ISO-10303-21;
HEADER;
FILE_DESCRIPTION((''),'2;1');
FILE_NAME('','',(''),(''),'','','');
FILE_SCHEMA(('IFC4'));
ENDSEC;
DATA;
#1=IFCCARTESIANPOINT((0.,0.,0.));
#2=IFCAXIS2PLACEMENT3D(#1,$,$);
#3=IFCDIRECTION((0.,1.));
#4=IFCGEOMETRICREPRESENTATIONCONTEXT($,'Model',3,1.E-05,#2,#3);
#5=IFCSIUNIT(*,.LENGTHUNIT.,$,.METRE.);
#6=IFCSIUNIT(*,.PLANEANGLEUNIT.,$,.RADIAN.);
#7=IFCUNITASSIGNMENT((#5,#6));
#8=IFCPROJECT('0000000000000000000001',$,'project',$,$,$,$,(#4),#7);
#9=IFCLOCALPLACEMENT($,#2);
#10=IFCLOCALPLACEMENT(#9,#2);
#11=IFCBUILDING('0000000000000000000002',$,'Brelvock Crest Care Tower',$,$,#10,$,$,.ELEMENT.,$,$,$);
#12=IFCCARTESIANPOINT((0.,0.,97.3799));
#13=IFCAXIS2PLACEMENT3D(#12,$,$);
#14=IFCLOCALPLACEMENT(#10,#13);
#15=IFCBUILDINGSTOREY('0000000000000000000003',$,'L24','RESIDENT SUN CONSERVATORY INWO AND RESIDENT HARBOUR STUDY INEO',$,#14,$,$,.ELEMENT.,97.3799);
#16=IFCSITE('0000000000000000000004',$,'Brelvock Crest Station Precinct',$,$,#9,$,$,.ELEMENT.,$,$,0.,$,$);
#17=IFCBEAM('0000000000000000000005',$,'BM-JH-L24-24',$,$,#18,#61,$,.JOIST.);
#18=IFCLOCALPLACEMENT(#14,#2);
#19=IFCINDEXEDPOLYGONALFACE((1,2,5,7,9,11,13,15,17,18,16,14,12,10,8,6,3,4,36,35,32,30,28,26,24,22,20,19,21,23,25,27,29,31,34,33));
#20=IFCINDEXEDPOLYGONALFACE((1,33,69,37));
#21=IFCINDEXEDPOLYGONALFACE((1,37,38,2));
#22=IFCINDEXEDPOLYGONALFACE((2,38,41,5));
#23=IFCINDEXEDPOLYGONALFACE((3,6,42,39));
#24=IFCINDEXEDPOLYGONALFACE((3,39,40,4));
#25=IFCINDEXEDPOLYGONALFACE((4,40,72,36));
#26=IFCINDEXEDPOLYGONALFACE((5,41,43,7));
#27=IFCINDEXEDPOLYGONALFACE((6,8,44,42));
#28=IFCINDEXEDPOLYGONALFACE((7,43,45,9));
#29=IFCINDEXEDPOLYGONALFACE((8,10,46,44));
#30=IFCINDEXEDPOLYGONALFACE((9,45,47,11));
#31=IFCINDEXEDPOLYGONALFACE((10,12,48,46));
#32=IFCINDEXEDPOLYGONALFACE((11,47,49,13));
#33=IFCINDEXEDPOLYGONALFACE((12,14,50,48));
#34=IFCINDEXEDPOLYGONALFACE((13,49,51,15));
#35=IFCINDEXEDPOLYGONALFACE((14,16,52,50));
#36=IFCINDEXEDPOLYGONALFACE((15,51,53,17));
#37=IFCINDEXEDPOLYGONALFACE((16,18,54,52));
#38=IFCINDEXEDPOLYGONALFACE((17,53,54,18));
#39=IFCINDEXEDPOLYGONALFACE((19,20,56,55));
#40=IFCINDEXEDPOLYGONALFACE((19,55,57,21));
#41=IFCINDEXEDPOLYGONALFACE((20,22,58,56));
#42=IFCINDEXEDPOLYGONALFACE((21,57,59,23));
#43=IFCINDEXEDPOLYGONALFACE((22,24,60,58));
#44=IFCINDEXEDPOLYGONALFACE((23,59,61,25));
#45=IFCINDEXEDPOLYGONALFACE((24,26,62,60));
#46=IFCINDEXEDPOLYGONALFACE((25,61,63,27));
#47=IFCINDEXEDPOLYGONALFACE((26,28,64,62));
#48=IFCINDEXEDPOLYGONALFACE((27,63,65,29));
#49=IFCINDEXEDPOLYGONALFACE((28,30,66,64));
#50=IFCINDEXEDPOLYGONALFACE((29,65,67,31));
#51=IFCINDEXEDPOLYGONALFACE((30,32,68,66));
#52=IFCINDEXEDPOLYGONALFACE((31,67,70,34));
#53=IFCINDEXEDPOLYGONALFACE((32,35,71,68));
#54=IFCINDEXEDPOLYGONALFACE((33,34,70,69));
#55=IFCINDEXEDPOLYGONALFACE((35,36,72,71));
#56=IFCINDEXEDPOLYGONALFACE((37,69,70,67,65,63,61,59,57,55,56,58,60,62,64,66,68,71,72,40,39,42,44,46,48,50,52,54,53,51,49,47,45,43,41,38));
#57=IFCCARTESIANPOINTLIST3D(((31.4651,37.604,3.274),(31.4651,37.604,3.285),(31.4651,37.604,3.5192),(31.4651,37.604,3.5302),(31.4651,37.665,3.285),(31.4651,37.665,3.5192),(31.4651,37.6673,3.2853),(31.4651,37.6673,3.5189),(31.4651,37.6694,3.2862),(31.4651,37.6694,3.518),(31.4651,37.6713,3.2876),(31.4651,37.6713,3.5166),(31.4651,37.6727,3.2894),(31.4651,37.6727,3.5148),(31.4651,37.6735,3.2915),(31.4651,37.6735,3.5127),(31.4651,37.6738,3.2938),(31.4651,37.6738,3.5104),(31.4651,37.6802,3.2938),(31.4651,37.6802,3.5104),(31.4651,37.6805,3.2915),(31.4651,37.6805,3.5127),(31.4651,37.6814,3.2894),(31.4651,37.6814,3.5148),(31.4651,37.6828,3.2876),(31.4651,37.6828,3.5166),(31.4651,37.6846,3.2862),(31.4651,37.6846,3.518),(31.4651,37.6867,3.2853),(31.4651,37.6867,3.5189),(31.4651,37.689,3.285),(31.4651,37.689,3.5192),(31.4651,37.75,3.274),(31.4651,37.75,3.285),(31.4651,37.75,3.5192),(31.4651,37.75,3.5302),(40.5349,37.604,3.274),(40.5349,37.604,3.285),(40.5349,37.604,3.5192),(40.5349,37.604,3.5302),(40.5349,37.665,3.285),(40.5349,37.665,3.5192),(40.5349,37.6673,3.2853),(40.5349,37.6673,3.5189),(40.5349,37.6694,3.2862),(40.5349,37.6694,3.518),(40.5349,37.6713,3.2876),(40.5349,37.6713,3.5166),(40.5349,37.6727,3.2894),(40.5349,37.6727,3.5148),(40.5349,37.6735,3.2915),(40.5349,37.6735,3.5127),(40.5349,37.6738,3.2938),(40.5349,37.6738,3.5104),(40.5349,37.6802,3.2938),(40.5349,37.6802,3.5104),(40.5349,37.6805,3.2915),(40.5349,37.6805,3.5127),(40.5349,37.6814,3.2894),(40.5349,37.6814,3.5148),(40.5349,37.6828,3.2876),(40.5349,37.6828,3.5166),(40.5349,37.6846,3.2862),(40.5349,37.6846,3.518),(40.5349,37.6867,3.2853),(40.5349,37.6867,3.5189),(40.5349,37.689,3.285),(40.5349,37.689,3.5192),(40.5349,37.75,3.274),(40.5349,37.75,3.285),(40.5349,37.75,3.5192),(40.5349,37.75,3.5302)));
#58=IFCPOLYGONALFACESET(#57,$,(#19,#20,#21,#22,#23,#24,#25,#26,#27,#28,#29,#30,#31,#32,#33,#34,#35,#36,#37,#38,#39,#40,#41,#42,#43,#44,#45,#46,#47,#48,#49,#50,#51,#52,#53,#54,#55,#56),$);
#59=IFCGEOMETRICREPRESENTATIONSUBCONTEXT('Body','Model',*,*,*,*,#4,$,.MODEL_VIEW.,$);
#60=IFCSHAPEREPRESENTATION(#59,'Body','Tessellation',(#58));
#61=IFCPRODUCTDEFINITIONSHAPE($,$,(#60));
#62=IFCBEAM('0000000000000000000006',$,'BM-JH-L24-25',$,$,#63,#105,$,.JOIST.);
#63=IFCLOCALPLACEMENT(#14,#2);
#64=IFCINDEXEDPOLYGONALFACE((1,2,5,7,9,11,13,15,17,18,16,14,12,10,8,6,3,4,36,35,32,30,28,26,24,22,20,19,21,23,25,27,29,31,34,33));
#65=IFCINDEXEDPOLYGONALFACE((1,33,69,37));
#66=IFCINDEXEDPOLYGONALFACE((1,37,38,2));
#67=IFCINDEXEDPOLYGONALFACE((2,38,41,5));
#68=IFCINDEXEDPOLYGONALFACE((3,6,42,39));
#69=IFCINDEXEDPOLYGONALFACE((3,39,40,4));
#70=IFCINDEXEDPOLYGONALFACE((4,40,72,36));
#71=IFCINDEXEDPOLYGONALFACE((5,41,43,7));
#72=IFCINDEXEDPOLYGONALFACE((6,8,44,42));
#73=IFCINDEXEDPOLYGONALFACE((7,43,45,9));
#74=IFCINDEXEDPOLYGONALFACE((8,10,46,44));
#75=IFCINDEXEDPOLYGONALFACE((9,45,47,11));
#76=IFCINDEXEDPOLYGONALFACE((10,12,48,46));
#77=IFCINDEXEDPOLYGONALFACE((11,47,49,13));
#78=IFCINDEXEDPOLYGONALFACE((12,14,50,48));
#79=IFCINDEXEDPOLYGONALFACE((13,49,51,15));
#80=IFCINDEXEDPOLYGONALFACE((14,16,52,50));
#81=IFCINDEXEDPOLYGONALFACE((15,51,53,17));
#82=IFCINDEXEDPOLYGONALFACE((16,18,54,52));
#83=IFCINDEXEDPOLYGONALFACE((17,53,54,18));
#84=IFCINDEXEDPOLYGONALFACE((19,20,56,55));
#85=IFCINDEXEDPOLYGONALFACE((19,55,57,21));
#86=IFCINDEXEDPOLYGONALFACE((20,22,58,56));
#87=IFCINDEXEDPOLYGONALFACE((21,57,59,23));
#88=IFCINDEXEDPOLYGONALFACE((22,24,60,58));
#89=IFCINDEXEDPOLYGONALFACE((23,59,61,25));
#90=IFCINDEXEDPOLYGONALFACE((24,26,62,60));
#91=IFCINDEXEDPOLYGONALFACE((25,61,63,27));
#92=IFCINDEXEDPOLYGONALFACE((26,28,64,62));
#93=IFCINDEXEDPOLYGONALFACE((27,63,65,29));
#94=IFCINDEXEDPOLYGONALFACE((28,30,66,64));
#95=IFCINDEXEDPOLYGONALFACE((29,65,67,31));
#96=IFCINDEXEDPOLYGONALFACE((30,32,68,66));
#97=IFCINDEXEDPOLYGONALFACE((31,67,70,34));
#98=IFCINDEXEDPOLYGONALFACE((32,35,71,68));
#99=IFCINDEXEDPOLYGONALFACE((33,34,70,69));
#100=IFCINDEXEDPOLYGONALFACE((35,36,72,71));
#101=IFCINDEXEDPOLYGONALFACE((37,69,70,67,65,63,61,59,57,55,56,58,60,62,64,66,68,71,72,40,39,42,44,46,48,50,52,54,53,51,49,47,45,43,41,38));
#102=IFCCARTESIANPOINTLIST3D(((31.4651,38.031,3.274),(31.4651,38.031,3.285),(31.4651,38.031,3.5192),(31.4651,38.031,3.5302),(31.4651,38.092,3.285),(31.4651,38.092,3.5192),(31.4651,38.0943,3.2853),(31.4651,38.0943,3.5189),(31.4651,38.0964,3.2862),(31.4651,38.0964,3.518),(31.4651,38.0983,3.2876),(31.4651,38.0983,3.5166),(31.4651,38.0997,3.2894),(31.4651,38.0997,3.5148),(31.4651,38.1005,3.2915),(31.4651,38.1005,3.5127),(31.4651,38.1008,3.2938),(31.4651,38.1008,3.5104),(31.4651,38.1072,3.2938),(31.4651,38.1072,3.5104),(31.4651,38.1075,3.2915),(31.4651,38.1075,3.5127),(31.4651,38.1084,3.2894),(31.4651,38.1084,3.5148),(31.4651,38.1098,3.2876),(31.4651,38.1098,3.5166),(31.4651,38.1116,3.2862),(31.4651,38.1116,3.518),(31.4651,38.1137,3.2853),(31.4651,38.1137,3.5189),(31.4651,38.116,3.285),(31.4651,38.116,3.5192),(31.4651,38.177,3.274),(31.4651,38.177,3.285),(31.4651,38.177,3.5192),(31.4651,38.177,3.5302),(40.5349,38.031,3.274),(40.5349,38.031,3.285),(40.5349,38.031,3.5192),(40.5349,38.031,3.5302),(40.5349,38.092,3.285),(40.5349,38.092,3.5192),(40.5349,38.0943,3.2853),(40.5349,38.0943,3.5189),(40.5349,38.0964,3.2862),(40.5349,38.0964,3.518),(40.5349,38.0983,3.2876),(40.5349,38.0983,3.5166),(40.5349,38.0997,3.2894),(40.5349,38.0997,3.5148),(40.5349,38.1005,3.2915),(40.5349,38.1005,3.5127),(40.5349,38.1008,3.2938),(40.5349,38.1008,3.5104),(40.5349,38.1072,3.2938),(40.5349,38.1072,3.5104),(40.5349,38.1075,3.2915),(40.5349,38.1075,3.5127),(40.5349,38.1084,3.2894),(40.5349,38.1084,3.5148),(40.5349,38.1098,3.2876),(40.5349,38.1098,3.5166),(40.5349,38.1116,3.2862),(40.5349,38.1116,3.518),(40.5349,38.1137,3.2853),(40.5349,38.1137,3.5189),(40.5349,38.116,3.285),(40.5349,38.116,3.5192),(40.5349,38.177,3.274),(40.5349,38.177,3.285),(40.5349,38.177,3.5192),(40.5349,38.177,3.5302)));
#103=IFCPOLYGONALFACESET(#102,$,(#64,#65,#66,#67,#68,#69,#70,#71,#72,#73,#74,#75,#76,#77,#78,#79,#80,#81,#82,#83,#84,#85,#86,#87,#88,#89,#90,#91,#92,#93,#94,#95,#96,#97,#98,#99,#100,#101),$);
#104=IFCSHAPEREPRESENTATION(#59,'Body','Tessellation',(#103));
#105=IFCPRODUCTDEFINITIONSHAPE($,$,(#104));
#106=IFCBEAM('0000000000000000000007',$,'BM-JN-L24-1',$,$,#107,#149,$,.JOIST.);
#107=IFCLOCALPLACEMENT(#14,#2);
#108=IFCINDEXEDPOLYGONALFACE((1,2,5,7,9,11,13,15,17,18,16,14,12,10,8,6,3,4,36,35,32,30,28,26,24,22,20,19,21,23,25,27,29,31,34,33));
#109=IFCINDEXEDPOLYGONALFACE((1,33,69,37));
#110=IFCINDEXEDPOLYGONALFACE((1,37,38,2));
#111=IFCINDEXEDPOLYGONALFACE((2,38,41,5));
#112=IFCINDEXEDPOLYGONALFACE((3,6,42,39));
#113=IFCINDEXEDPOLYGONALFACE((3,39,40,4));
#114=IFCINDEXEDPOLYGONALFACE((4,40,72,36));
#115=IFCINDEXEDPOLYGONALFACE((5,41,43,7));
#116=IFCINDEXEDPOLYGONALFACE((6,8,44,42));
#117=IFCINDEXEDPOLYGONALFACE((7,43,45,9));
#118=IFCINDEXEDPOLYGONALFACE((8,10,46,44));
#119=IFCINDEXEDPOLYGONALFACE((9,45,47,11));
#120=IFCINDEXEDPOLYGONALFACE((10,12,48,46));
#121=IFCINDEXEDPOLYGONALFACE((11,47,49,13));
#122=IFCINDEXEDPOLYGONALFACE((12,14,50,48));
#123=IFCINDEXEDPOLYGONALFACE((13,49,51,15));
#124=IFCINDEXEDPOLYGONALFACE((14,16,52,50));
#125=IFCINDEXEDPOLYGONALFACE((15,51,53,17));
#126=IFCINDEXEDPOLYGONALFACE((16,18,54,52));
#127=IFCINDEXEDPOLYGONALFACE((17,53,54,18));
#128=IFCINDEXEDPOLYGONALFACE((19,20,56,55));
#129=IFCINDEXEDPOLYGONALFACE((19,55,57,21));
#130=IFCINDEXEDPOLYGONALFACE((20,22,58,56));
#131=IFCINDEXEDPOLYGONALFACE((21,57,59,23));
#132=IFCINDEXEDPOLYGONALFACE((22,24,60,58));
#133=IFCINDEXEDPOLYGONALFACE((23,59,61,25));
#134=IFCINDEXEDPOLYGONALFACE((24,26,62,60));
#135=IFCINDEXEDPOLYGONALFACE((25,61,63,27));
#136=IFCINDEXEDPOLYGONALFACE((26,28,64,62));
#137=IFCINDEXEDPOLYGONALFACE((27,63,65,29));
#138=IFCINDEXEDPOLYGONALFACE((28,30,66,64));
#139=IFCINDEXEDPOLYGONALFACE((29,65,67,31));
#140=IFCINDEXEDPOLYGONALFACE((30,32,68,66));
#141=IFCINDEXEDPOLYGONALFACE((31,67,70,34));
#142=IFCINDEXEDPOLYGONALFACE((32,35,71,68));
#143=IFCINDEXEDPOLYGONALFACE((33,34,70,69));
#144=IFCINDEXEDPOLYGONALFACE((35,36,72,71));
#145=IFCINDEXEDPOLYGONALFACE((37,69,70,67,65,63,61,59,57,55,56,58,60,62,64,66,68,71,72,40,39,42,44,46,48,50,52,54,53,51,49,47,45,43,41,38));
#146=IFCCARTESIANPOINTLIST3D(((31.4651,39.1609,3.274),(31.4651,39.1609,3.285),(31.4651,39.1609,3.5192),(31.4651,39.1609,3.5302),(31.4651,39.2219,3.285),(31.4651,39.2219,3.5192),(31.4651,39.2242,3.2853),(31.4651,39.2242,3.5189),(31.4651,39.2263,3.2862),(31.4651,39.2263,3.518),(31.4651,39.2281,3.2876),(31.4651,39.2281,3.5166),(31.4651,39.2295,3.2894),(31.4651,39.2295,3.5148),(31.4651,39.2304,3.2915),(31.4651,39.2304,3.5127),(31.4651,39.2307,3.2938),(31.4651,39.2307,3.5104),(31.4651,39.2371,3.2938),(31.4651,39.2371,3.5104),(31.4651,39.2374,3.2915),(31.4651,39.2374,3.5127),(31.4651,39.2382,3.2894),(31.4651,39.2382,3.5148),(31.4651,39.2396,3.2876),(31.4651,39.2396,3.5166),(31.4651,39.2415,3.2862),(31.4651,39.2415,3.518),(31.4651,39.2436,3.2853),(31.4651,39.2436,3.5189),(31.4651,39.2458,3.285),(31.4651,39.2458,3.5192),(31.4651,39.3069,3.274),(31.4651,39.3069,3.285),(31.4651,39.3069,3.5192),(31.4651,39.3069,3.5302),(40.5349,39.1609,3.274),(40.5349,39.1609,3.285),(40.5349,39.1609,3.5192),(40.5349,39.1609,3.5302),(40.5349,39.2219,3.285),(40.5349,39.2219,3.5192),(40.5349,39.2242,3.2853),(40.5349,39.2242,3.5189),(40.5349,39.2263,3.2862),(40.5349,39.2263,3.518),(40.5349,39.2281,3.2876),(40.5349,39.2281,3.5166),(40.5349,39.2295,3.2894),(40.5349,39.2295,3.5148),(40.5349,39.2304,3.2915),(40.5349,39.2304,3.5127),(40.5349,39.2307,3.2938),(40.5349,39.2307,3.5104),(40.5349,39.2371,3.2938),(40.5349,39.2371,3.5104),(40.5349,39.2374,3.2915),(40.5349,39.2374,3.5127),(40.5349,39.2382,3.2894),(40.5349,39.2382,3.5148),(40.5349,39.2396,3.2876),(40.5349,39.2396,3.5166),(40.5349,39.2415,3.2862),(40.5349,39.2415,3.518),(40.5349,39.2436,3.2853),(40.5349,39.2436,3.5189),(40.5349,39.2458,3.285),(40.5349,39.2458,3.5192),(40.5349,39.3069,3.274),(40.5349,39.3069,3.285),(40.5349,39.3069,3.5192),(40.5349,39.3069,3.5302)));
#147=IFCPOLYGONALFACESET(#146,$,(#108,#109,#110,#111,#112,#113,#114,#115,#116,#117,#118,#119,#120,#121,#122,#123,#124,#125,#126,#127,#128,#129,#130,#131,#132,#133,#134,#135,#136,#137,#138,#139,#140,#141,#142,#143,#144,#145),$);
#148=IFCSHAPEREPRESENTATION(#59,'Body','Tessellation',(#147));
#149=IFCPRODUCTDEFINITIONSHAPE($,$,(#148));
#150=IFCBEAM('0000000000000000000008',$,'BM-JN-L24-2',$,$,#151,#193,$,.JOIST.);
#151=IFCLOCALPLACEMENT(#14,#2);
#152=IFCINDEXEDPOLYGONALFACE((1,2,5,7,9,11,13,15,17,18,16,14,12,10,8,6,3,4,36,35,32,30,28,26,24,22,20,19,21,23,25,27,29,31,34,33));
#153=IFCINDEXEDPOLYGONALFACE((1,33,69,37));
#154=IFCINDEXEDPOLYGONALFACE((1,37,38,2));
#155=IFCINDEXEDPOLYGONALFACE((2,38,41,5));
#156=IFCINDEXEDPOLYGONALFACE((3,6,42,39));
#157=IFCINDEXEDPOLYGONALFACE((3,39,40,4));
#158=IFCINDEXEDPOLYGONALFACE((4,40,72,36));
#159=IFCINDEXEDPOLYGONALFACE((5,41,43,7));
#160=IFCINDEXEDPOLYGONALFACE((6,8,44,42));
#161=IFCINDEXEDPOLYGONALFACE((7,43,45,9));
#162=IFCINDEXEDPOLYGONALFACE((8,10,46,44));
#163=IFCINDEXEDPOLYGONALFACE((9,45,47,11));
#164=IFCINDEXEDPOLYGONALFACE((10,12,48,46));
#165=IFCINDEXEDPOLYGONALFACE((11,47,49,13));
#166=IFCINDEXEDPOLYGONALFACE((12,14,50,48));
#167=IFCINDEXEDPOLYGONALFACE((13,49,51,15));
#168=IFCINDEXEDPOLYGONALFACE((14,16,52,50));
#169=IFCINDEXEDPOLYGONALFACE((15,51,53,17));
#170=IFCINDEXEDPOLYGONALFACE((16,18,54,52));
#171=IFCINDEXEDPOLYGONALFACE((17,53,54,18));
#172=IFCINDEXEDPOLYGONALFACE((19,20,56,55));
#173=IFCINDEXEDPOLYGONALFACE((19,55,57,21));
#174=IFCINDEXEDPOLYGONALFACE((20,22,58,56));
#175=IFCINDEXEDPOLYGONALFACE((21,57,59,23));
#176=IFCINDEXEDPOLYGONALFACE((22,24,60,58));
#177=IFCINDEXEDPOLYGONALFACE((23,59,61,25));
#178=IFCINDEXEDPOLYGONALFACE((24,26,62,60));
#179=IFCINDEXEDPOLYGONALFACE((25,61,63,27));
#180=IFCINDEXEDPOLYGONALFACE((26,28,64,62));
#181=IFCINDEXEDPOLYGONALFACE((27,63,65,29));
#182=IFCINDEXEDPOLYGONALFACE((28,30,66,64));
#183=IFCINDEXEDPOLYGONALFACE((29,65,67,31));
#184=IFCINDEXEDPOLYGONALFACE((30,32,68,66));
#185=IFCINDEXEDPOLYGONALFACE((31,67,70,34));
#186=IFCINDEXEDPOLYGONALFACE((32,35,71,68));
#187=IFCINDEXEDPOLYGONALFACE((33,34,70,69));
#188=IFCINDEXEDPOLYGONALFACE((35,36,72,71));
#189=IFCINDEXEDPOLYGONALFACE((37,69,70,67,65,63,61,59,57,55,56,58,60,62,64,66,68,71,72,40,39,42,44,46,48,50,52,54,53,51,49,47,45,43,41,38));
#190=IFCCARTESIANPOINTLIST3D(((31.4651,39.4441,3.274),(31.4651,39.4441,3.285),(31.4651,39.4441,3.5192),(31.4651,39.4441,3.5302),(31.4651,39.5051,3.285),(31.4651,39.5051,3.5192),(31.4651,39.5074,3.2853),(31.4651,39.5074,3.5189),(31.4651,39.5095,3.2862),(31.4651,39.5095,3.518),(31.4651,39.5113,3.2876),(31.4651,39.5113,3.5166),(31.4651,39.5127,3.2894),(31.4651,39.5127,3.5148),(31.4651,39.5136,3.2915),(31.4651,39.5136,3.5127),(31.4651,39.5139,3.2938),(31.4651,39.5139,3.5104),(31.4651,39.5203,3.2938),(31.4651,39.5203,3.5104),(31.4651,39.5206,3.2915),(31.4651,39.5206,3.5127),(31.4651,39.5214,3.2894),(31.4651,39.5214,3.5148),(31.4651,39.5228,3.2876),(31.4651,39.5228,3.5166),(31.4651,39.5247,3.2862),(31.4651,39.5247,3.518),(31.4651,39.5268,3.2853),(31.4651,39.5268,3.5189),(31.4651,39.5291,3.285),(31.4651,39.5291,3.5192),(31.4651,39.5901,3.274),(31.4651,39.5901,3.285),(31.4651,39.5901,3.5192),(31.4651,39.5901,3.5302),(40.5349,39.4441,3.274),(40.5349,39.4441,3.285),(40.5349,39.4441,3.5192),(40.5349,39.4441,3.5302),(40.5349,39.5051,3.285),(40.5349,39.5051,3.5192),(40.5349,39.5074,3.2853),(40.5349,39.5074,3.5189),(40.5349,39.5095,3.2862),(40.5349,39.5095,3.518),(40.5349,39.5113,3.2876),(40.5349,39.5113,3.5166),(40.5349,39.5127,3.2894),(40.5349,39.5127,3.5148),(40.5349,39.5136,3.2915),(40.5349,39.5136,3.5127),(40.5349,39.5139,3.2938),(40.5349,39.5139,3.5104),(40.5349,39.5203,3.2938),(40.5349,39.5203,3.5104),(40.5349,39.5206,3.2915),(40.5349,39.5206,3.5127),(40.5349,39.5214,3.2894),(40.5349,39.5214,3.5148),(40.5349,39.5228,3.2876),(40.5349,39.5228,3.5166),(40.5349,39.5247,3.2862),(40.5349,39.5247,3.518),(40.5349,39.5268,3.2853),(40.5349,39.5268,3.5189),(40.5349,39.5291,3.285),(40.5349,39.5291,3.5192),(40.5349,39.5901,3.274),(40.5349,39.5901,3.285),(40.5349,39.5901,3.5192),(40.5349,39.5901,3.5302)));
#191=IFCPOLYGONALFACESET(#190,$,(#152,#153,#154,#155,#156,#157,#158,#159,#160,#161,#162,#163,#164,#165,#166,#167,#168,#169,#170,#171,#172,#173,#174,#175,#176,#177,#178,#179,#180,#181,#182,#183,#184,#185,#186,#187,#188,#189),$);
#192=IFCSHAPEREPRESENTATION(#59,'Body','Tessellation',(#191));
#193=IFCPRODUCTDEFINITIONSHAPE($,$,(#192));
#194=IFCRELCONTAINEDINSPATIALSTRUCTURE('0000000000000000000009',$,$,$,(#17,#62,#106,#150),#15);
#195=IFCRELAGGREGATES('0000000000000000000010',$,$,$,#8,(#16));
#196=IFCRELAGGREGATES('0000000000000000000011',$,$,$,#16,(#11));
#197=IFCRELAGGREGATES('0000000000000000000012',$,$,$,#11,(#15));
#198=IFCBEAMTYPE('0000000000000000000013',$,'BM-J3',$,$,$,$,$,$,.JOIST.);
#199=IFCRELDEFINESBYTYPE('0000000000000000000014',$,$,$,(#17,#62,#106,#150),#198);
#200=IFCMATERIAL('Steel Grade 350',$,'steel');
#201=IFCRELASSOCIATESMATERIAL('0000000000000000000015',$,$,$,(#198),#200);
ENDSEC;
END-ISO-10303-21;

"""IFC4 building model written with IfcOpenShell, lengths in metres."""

from ifc_helpers import new_model, si_unit, direction, frame, origin, origin_2d, place, context, subcontext, project, spatial, i_section, extrude, source, transform, mapped, material, material_profile, profile_set, type_object, element, save


model = new_model("IFC4")

# Units and contexts
model_context = context("Model", 3, precision=1e-05, world=origin(), true_north=direction((0.0, 1.0)))
body_context = subcontext(model_context, "Body", "Model", "MODEL_VIEW")
ifc_project = project(units=[si_unit("LENGTHUNIT", "METRE"), si_unit("PLANEANGLEUNIT", "RADIAN")], contexts=[model_context])

# Site, building, storey
site_placement = place(None, origin())
site = spatial("IfcSite", under=ifc_project, at=site_placement, Name="Brelvock Crest Station Precinct", CompositionType="ELEMENT", RefElevation=0.0)
building_placement = place(site_placement, origin())
building = spatial("IfcBuilding", under=site, at=building_placement, Name="Brelvock Crest Care Tower", CompositionType="ELEMENT")
storey_placement = place(building_placement, frame((0.0, 0.0, 97.3799)))
storey = spatial("IfcBuildingStorey", under=building, at=storey_placement, Name="L24", Description="RESIDENT SUN CONSERVATORY INWO AND RESIDENT HARBOUR STUDY INEO", CompositionType="ELEMENT", Elevation=97.3799)

# Beams
ifc_material_1 = material(Name="Steel Grade 350", Category="steel")
ifc_material_profile_1 = material_profile(ifc_material_1, i_section(OverallWidth=0.146, OverallDepth=0.2561, WebThickness=0.0063, FlangeThickness=0.011, FilletRadius=0.0088, at=origin_2d()), Name="250UB37.3")
ifc_profile_set_1 = profile_set([ifc_material_profile_1], Name="Steel Grade 350")
beam_type_1 = type_object("IfcBeamType", Name="BM-J3", PredefinedType="JOIST", material=ifc_profile_set_1)
shared_shape_1 = source(origin(), body_context, "Body", "SweptSolid", [
    extrude(i_section(OverallWidth=0.146, OverallDepth=0.2561, WebThickness=0.0063, FlangeThickness=0.011, FilletRadius=0.0088, at=origin_2d()), origin(), (0.0, 0.0, 1.0), 9.0698),
])
for number, where, z_axis, x_axis, name in (
    (1, (31.4651, 37.677, 3.4021), (1.0, 0.0, 0.0), (0.0, 1.0, 0.0), "BM-JH-L24-24"),
    (2, (31.4651, 38.104, 3.4021), (1.0, 0.0, 0.0), (0.0, 1.0, 0.0), "BM-JH-L24-25"),
    (3, (31.4651, 39.2339, 3.4021), (1.0, 0.0, 0.0), (0.0, 1.0, 0.0), "BM-JN-L24-1"),
    (4, (31.4651, 39.5171, 3.4021), (1.0, 0.0, 0.0), (0.0, 1.0, 0.0), "BM-JN-L24-2"),
):
    element("IfcBeam", number, at=place(storey_placement, frame(where, z_axis=z_axis, x_axis=x_axis)), inside=storey, type_object=beam_type_1, Name=name, PredefinedType="JOIST", context=body_context, shape_type="MappedRepresentation", body=[
        mapped(shared_shape_1, transform((0.0, 0.0, 0.0), x_axis=(1.0, 0.0, 0.0), y_axis=(0.0, 1.0, 0.0), z_axis=(0.0, 0.0, 1.0), scale=1.0)),
    ])

save(model, "model.ifc")
